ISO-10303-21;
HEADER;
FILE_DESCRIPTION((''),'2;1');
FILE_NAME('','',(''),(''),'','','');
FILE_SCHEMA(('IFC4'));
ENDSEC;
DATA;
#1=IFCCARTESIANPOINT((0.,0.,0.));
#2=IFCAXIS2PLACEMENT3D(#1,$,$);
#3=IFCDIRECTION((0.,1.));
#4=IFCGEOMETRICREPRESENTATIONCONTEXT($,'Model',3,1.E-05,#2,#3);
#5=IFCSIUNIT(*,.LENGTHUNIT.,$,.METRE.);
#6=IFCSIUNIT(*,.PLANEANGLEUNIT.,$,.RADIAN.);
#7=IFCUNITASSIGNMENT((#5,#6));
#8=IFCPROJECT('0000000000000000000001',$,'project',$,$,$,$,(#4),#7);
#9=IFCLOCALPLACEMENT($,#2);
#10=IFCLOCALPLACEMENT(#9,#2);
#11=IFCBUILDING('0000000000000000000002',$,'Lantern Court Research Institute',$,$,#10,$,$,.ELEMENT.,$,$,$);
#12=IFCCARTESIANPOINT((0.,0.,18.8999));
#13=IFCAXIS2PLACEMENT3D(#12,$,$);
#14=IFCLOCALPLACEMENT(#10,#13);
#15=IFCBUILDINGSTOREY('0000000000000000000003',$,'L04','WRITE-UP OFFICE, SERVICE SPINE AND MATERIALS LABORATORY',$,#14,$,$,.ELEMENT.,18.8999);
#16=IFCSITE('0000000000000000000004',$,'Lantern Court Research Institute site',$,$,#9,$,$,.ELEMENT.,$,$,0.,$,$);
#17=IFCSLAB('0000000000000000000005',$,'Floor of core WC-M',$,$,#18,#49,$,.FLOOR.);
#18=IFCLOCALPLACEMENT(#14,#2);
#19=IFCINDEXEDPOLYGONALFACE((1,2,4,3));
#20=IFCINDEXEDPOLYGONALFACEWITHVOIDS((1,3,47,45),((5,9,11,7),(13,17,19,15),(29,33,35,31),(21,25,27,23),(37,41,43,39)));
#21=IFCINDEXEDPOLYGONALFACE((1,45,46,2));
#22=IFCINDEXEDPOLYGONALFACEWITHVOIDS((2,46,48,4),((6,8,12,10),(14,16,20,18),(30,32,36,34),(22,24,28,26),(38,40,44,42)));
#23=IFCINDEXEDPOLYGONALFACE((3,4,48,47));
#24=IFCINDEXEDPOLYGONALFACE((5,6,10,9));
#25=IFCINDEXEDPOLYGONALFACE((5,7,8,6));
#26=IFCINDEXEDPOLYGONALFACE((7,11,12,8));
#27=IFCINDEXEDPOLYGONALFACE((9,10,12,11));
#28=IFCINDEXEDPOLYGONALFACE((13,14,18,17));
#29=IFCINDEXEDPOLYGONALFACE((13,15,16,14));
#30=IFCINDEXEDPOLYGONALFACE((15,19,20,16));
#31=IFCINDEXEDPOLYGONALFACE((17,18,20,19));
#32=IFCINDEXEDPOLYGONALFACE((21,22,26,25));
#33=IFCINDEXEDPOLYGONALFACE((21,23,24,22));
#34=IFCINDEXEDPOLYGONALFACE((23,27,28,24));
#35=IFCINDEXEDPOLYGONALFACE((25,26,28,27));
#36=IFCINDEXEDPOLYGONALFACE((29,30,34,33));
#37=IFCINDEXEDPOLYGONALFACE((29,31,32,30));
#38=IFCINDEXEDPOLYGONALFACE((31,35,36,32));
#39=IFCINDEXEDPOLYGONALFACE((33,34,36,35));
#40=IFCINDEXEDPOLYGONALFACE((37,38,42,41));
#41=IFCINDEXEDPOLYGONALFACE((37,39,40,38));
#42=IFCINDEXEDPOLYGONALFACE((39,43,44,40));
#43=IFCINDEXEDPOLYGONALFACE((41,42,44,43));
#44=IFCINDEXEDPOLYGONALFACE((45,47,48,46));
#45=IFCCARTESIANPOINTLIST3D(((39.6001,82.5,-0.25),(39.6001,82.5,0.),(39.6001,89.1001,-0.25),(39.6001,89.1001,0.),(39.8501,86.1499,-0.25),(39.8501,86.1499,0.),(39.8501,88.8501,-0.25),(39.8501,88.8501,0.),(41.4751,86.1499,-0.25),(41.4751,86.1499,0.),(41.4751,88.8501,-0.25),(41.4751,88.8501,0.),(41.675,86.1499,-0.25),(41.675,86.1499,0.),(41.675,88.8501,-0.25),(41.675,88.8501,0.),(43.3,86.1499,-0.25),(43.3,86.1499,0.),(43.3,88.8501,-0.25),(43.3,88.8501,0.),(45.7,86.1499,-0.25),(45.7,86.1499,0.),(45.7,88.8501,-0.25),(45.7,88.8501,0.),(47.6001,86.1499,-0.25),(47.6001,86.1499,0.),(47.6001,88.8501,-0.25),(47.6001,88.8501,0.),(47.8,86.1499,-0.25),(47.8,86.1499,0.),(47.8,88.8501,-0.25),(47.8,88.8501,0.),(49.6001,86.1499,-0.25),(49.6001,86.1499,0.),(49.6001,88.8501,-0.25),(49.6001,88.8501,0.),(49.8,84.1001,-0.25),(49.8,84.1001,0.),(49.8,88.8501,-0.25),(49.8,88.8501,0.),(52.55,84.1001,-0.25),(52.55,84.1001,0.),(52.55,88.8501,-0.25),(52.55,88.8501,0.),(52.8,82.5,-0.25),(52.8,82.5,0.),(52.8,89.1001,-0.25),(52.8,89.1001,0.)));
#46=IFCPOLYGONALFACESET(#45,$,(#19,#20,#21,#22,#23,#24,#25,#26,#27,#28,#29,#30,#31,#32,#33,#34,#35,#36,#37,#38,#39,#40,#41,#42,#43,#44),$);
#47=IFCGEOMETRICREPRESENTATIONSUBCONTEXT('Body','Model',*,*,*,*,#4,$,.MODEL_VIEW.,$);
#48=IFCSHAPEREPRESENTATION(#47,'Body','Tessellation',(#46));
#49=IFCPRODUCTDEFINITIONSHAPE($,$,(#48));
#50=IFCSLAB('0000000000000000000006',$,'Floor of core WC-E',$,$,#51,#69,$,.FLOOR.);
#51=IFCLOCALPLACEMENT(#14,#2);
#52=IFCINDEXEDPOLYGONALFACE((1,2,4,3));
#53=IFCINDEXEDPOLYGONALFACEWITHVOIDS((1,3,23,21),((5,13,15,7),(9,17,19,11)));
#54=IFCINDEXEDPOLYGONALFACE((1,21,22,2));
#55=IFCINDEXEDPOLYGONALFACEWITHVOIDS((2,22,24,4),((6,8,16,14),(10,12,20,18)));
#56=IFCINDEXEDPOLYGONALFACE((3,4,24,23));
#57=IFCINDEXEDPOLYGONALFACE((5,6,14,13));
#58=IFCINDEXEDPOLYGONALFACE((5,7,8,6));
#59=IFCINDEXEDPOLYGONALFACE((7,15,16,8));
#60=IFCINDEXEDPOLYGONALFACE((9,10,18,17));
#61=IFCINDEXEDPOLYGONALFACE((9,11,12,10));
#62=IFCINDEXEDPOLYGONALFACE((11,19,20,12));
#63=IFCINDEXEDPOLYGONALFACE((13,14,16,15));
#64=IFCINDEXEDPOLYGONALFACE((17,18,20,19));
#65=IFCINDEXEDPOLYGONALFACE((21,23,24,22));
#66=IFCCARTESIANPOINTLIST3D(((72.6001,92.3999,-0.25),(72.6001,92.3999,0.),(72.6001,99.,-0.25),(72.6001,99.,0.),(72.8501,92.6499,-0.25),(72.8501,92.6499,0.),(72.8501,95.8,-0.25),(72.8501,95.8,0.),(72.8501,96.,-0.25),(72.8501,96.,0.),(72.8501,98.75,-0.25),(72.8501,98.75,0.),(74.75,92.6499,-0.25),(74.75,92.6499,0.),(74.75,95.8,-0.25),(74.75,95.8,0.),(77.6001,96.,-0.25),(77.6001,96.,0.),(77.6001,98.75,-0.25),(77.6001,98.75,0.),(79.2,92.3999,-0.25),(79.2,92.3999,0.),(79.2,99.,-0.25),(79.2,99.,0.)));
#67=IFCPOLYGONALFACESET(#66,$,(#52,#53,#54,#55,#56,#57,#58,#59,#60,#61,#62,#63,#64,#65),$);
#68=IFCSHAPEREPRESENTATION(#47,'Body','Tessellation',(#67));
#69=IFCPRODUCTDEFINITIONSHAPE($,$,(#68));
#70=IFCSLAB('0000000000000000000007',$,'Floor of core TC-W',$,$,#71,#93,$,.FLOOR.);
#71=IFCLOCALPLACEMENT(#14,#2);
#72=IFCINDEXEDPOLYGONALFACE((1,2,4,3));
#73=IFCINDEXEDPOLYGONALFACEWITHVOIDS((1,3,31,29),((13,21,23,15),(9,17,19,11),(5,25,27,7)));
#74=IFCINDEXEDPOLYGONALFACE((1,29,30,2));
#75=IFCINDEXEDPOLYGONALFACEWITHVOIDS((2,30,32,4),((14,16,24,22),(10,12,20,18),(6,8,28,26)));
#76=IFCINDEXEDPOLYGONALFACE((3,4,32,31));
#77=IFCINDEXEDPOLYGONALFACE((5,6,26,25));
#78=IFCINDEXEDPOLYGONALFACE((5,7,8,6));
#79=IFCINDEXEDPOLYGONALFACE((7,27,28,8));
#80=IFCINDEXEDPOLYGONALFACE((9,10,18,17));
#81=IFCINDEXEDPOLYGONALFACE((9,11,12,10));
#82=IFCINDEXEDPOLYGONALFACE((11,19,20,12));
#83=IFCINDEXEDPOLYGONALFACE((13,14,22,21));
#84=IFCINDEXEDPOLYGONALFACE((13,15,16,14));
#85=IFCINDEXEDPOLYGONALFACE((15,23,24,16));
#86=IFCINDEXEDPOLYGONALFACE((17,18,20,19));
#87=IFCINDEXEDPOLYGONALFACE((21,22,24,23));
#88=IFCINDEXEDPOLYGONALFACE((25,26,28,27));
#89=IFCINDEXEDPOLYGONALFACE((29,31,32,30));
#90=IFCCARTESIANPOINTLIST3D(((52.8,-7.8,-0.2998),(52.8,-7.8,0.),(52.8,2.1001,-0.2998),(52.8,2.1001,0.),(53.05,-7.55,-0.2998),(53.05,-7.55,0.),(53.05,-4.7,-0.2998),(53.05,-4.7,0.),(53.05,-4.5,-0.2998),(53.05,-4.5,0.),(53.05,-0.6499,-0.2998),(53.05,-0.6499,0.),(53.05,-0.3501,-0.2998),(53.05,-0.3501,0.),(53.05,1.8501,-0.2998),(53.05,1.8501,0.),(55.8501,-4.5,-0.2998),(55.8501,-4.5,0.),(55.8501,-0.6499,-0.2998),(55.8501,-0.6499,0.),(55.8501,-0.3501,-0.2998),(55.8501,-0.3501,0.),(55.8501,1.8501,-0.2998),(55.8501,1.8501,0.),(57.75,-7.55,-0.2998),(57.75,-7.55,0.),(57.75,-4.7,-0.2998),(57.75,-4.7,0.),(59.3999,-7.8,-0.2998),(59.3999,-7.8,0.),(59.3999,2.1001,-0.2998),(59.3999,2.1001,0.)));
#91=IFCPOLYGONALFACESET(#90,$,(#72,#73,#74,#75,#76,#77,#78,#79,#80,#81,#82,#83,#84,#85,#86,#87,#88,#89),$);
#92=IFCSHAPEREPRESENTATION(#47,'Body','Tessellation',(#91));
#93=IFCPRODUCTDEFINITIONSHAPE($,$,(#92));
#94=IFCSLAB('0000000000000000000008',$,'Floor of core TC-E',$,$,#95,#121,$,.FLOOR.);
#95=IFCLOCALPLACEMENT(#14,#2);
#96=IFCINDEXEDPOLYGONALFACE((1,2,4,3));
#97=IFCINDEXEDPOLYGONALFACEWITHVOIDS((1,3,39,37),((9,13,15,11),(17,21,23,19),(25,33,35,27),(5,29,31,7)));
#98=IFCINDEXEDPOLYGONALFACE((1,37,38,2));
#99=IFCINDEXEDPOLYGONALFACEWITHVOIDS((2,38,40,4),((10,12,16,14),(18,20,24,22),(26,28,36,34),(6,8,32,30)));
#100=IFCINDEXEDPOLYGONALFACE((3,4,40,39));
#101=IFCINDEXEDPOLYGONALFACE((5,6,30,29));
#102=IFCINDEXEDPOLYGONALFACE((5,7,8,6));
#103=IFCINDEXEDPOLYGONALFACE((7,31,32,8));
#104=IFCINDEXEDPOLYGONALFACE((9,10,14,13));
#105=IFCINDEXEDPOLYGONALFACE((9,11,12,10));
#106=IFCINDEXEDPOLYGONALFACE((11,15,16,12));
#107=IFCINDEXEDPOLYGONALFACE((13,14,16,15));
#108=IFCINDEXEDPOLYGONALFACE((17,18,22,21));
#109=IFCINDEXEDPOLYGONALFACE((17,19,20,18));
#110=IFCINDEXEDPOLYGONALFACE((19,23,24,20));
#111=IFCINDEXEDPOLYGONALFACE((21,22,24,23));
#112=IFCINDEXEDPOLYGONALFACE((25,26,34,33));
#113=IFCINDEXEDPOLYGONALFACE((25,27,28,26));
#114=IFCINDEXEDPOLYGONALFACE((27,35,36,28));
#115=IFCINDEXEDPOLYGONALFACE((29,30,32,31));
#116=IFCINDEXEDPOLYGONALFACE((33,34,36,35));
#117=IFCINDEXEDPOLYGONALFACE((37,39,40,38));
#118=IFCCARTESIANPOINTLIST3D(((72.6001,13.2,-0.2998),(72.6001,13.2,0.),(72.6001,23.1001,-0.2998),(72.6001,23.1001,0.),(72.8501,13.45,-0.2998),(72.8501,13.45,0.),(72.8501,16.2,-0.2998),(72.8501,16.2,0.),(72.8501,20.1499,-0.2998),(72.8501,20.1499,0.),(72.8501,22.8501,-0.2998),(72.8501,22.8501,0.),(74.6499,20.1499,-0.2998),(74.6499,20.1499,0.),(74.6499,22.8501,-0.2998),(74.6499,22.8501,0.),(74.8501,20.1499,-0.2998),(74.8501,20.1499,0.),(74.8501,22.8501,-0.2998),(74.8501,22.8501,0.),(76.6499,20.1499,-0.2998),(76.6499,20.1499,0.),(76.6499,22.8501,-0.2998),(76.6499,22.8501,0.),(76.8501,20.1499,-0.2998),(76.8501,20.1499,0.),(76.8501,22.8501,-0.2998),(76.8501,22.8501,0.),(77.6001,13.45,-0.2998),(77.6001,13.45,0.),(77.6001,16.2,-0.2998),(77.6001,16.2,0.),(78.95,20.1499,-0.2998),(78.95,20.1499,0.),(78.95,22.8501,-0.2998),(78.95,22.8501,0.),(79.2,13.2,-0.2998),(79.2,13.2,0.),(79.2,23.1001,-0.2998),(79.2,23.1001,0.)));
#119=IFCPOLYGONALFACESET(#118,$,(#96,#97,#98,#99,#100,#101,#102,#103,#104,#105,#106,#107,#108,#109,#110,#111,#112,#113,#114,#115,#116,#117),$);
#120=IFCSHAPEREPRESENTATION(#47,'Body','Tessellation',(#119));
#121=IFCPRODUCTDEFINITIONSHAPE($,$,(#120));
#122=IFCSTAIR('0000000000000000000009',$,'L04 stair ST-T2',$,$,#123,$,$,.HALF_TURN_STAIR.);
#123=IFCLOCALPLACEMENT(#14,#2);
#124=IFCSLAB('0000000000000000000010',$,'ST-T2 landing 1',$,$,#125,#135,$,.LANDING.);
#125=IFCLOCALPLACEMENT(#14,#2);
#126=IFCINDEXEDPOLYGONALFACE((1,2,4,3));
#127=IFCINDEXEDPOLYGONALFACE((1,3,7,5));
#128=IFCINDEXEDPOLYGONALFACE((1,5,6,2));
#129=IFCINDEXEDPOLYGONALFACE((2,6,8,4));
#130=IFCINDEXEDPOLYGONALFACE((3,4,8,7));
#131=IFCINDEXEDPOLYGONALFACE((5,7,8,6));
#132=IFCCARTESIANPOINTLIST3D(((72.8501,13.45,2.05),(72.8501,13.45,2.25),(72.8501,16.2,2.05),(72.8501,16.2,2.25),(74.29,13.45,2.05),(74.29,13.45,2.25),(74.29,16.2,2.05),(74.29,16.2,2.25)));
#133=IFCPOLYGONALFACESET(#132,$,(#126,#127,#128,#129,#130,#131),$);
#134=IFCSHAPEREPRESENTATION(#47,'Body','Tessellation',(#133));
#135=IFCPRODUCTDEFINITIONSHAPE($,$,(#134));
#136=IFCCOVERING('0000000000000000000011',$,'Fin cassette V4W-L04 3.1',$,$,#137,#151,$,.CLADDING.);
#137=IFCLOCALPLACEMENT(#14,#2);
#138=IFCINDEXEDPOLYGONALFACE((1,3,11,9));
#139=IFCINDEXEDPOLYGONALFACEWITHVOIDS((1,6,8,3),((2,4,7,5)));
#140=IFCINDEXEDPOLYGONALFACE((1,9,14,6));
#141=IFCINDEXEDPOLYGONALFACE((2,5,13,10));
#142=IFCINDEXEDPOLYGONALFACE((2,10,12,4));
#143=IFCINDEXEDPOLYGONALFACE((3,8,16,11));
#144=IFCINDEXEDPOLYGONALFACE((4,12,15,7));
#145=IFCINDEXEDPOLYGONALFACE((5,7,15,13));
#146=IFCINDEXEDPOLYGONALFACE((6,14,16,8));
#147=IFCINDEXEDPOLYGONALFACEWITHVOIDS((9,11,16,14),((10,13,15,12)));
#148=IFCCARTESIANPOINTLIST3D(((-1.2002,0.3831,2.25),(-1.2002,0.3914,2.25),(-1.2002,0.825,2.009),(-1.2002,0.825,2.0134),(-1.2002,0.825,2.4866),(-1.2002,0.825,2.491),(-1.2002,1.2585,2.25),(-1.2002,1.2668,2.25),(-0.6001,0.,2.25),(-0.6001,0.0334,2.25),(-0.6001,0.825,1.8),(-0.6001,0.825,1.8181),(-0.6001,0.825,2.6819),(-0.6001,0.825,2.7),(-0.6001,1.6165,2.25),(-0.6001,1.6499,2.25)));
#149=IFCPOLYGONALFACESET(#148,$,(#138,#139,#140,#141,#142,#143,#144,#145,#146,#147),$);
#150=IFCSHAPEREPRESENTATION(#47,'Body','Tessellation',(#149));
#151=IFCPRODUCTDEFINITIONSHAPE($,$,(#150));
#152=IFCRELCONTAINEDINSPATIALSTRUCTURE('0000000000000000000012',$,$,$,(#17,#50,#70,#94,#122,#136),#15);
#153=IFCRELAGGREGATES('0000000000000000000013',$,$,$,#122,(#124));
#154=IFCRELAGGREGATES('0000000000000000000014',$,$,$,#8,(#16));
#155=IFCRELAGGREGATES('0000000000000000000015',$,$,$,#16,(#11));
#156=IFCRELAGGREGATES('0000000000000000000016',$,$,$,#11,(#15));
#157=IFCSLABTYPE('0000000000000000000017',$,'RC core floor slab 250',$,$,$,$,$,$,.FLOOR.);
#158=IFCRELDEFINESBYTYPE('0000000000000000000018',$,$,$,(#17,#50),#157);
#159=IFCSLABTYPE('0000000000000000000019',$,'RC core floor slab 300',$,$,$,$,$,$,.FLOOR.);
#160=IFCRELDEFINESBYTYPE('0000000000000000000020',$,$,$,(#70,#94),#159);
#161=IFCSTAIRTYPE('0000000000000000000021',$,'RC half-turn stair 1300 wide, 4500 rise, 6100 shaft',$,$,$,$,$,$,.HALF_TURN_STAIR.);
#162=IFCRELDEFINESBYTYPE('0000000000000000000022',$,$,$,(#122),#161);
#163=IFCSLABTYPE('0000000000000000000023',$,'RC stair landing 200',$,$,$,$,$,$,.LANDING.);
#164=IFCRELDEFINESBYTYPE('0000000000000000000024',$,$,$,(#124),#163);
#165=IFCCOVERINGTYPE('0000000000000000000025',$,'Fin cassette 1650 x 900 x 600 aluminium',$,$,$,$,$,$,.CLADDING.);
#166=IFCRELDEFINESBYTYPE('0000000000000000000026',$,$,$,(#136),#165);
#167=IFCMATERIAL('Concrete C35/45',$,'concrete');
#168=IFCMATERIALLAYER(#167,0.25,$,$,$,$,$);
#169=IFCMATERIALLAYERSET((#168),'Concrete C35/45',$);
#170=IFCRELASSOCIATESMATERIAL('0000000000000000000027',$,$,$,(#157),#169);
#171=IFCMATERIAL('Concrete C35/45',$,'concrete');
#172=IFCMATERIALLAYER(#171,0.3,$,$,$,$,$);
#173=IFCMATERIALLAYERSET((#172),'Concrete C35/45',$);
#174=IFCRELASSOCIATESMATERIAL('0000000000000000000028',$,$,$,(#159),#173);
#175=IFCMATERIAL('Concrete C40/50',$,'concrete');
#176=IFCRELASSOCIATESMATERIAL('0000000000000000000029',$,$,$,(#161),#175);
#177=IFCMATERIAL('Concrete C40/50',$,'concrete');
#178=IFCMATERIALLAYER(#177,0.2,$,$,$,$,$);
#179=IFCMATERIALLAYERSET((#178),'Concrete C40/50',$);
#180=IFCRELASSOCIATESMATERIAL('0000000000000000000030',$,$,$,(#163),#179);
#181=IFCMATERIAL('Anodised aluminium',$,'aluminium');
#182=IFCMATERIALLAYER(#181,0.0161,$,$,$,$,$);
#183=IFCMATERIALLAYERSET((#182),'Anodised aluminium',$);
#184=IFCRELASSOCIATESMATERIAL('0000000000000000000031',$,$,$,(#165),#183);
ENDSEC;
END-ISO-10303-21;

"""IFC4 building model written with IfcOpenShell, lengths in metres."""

from ifc_helpers import new_model, entity, si_unit, direction, frame, origin, place, context, subcontext, project, spatial, polyline, outline, extrude, material, layer, layer_set, type_object, element, aggregate, save


model = new_model("IFC4")

# Units and contexts
model_context = context("Model", 3, precision=1e-05, world=origin(), true_north=direction((0.0, 1.0)))
body_context = subcontext(model_context, "Body", "Model", "MODEL_VIEW")
ifc_project = project(units=[si_unit("LENGTHUNIT", "METRE"), si_unit("PLANEANGLEUNIT", "RADIAN")], contexts=[model_context])

# Site, building, storey
site_placement = place(None, origin())
site = spatial("IfcSite", under=ifc_project, at=site_placement, Name="Lantern Court Research Institute site", CompositionType="ELEMENT", RefElevation=0.0)
building_placement = place(site_placement, origin())
building = spatial("IfcBuilding", under=site, at=building_placement, Name="Lantern Court Research Institute", CompositionType="ELEMENT")
storey_placement = place(building_placement, frame((0.0, 0.0, 18.8999)))
storey = spatial("IfcBuildingStorey", under=building, at=storey_placement, Name="L04", Description="WRITE-UP OFFICE, SERVICE SPINE AND MATERIALS LABORATORY", CompositionType="ELEMENT", Elevation=18.8999)

# Slabs
ifc_material_1 = material(Name="Concrete C35/45", Category="concrete")
ifc_layer_1 = layer(ifc_material_1, 0.25)
ifc_layer_set_1 = layer_set([ifc_layer_1], Name="Concrete C35/45")
slab_type_1 = type_object("IfcSlabType", Name="RC core floor slab 250", PredefinedType="FLOOR", material=ifc_layer_set_1)
slab_1_placement = place(storey_placement, frame((0.0, 0.0, -0.25)))
element("IfcSlab", 1, at=slab_1_placement, inside=storey, type_object=slab_type_1, Name="Floor of core WC-M", PredefinedType="FLOOR", context=body_context, shape_type="SweptSolid", body=[
    extrude(outline(polyline([(39.6001, 82.5), (52.8, 82.5), (52.8, 89.1001), (39.6001, 89.1001), (39.6001, 82.5)]), holes=[polyline([(52.55, 84.1001), (52.55, 88.8501), (49.8, 88.8501), (49.8, 84.1001), (52.55, 84.1001)]), polyline([(47.8, 86.1499), (49.6001, 86.1499), (49.6001, 88.8501), (47.8, 88.8501), (47.8, 86.1499)]), polyline([(45.7, 86.1499), (47.6001, 86.1499), (47.6001, 88.8501), (45.7, 88.8501), (45.7, 86.1499)]), polyline([(43.3, 88.8501), (43.3, 86.1499), (41.675, 86.1499), (41.675, 88.8501), (43.3, 88.8501)]), polyline([(41.4751, 88.8501), (41.4751, 86.1499), (39.8501, 86.1499), (39.8501, 88.8501), (41.4751, 88.8501)])]), origin(), (0.0, 0.0, 1.0), 0.25),
])
slab_2_placement = place(storey_placement, frame((0.0, 0.0, -0.25)))
element("IfcSlab", 2, at=slab_2_placement, inside=storey, type_object=slab_type_1, Name="Floor of core WC-E", PredefinedType="FLOOR", context=body_context, shape_type="SweptSolid", body=[
    extrude(outline(polyline([(72.6001, 92.3999), (79.2, 92.3999), (79.2, 99.0), (72.6001, 99.0), (72.6001, 92.3999)]), holes=[polyline([(77.6001, 98.75), (72.8501, 98.75), (72.8501, 96.0), (77.6001, 96.0), (77.6001, 98.75)]), polyline([(72.8501, 92.6499), (72.8501, 95.8), (74.75, 95.8), (74.75, 92.6499), (72.8501, 92.6499)])]), origin(), (0.0, 0.0, 1.0), 0.25),
])
ifc_material_2 = material(Name="Concrete C35/45", Category="concrete")
ifc_layer_2 = layer(ifc_material_2, 0.3)
ifc_layer_set_2 = layer_set([ifc_layer_2], Name="Concrete C35/45")
slab_type_2 = type_object("IfcSlabType", Name="RC core floor slab 300", PredefinedType="FLOOR", material=ifc_layer_set_2)
slab_3_placement = place(storey_placement, frame((0.0, 0.0, -0.2998)))
element("IfcSlab", 3, at=slab_3_placement, inside=storey, type_object=slab_type_2, Name="Floor of core TC-W", PredefinedType="FLOOR", context=body_context, shape_type="SweptSolid", body=[
    extrude(outline(polyline([(52.8, -7.8), (59.3999, -7.8), (59.3999, 2.1001), (52.8, 2.1001), (52.8, -7.8)]), holes=[polyline([(57.75, -4.7), (53.05, -4.7), (53.05, -7.55), (57.75, -7.55), (57.75, -4.7)]), polyline([(53.05, -0.3501), (55.8501, -0.3501), (55.8501, 1.8501), (53.05, 1.8501), (53.05, -0.3501)]), polyline([(53.05, -0.6499), (55.8501, -0.6499), (55.8501, -4.5), (53.05, -4.5), (53.05, -0.6499)])]), origin(), (0.0, 0.0, 1.0), 0.2998),
])
slab_4_placement = place(storey_placement, frame((0.0, 0.0, -0.2998)))
element("IfcSlab", 4, at=slab_4_placement, inside=storey, type_object=slab_type_2, Name="Floor of core TC-E", PredefinedType="FLOOR", context=body_context, shape_type="SweptSolid", body=[
    extrude(outline(polyline([(72.6001, 13.2), (79.2, 13.2), (79.2, 23.1001), (72.6001, 23.1001), (72.6001, 13.2)]), holes=[polyline([(77.6001, 16.2), (72.8501, 16.2), (72.8501, 13.45), (77.6001, 13.45), (77.6001, 16.2)]), polyline([(72.8501, 20.1499), (74.6499, 20.1499), (74.6499, 22.8501), (72.8501, 22.8501), (72.8501, 20.1499)]), polyline([(74.8501, 20.1499), (76.6499, 20.1499), (76.6499, 22.8501), (74.8501, 22.8501), (74.8501, 20.1499)]), polyline([(76.8501, 20.1499), (78.95, 20.1499), (78.95, 22.8501), (76.8501, 22.8501), (76.8501, 20.1499)])]), origin(), (0.0, 0.0, 1.0), 0.2998),
])

# Stair, slab
ifc_material_3 = material(Name="Concrete C40/50", Category="concrete")
stair_type = type_object("IfcStairType", Name="RC half-turn stair 1300 wide, 4500 rise, 6100 shaft", PredefinedType="HALF_TURN_STAIR", material=ifc_material_3)
stair_placement = place(storey_placement, origin())
stair = element("IfcStair", 5, at=stair_placement, inside=storey, type_object=stair_type, Name="L04 stair ST-T2", PredefinedType="HALF_TURN_STAIR")
ifc_material_4 = material(Name="Concrete C40/50", Category="concrete")
ifc_layer_3 = layer(ifc_material_4, 0.2)
ifc_layer_set_3 = layer_set([ifc_layer_3], Name="Concrete C40/50")
slab_type_3 = type_object("IfcSlabType", Name="RC stair landing 200", PredefinedType="LANDING", material=ifc_layer_set_3)
slab_5_placement = place(storey_placement, frame((0.0, 0.0, 2.05)))
slab_5 = element("IfcSlab", 6, at=slab_5_placement, type_object=slab_type_3, Name="ST-T2 landing 1", PredefinedType="LANDING", context=body_context, shape_type="SweptSolid", body=[
    extrude(outline(polyline([(74.29, 16.2), (72.8501, 16.2), (72.8501, 13.45), (74.29, 13.45), (74.29, 16.2)])), origin(), (0.0, 0.0, 1.0), 0.2),
])
aggregate(stair, [slab_5])

# Covering
ifc_material_5 = material(Name="Anodised aluminium", Category="aluminium")
ifc_layer_4 = layer(ifc_material_5, 0.0161)
ifc_layer_set_4 = layer_set([ifc_layer_4], Name="Anodised aluminium")
covering_type = type_object("IfcCoveringType", Name="Fin cassette 1650 x 900 x 600 aluminium", PredefinedType="CLADDING", material=ifc_layer_set_4)
covering_1_placement = place(storey_placement, frame((-0.6001, 0.825, 2.25), z_axis=(-1.0, 0.0, 0.0), x_axis=(0.0, -1.0, 0.0)))
cartesian_point_1 = entity("IfcCartesianPoint", [0.825, 0.0])
cartesian_point_2 = entity("IfcCartesianPoint", [0.7915, 0.0])
cartesian_point_3 = entity("IfcCartesianPoint", [0.4419, 0.0])
cartesian_point_4 = entity("IfcCartesianPoint", [0.4336, 0.0])
element("IfcCovering", 7, at=covering_1_placement, inside=storey, type_object=covering_type, Name="Fin cassette V4W-L04 3.1", PredefinedType="CLADDING", context=body_context, shape_type="SweptSolid", body=[
    entity("IfcExtrudedAreaSolidTapered", entity("IfcArbitraryProfileDefWithVoids", "AREA", None, entity("IfcPolyline", [cartesian_point_1, entity("IfcCartesianPoint", [0.0, 0.45]), entity("IfcCartesianPoint", [-0.825, 0.0]), entity("IfcCartesianPoint", [0.0, -0.45]), cartesian_point_1]), [entity("IfcPolyline", [cartesian_point_2, entity("IfcCartesianPoint", [0.0, 0.4319]), entity("IfcCartesianPoint", [-0.7915, 0.0]), entity("IfcCartesianPoint", [0.0, -0.4319]), cartesian_point_2])]), entity("IfcAxis2Placement3D", entity("IfcCartesianPoint", [0.0, 0.0, 0.0])), entity("IfcDirection", [0.0, 0.0, 1.0]), 0.6001, entity("IfcArbitraryProfileDefWithVoids", "AREA", None, entity("IfcPolyline", [cartesian_point_3, entity("IfcCartesianPoint", [0.0, 0.241]), entity("IfcCartesianPoint", [-0.4419, 0.0]), entity("IfcCartesianPoint", [0.0, -0.241]), cartesian_point_3]), [entity("IfcPolyline", [cartesian_point_4, entity("IfcCartesianPoint", [0.0, 0.2366]), entity("IfcCartesianPoint", [-0.4336, 0.0]), entity("IfcCartesianPoint", [0.0, -0.2366]), cartesian_point_4])])),
])

save(model, "model.ifc")
